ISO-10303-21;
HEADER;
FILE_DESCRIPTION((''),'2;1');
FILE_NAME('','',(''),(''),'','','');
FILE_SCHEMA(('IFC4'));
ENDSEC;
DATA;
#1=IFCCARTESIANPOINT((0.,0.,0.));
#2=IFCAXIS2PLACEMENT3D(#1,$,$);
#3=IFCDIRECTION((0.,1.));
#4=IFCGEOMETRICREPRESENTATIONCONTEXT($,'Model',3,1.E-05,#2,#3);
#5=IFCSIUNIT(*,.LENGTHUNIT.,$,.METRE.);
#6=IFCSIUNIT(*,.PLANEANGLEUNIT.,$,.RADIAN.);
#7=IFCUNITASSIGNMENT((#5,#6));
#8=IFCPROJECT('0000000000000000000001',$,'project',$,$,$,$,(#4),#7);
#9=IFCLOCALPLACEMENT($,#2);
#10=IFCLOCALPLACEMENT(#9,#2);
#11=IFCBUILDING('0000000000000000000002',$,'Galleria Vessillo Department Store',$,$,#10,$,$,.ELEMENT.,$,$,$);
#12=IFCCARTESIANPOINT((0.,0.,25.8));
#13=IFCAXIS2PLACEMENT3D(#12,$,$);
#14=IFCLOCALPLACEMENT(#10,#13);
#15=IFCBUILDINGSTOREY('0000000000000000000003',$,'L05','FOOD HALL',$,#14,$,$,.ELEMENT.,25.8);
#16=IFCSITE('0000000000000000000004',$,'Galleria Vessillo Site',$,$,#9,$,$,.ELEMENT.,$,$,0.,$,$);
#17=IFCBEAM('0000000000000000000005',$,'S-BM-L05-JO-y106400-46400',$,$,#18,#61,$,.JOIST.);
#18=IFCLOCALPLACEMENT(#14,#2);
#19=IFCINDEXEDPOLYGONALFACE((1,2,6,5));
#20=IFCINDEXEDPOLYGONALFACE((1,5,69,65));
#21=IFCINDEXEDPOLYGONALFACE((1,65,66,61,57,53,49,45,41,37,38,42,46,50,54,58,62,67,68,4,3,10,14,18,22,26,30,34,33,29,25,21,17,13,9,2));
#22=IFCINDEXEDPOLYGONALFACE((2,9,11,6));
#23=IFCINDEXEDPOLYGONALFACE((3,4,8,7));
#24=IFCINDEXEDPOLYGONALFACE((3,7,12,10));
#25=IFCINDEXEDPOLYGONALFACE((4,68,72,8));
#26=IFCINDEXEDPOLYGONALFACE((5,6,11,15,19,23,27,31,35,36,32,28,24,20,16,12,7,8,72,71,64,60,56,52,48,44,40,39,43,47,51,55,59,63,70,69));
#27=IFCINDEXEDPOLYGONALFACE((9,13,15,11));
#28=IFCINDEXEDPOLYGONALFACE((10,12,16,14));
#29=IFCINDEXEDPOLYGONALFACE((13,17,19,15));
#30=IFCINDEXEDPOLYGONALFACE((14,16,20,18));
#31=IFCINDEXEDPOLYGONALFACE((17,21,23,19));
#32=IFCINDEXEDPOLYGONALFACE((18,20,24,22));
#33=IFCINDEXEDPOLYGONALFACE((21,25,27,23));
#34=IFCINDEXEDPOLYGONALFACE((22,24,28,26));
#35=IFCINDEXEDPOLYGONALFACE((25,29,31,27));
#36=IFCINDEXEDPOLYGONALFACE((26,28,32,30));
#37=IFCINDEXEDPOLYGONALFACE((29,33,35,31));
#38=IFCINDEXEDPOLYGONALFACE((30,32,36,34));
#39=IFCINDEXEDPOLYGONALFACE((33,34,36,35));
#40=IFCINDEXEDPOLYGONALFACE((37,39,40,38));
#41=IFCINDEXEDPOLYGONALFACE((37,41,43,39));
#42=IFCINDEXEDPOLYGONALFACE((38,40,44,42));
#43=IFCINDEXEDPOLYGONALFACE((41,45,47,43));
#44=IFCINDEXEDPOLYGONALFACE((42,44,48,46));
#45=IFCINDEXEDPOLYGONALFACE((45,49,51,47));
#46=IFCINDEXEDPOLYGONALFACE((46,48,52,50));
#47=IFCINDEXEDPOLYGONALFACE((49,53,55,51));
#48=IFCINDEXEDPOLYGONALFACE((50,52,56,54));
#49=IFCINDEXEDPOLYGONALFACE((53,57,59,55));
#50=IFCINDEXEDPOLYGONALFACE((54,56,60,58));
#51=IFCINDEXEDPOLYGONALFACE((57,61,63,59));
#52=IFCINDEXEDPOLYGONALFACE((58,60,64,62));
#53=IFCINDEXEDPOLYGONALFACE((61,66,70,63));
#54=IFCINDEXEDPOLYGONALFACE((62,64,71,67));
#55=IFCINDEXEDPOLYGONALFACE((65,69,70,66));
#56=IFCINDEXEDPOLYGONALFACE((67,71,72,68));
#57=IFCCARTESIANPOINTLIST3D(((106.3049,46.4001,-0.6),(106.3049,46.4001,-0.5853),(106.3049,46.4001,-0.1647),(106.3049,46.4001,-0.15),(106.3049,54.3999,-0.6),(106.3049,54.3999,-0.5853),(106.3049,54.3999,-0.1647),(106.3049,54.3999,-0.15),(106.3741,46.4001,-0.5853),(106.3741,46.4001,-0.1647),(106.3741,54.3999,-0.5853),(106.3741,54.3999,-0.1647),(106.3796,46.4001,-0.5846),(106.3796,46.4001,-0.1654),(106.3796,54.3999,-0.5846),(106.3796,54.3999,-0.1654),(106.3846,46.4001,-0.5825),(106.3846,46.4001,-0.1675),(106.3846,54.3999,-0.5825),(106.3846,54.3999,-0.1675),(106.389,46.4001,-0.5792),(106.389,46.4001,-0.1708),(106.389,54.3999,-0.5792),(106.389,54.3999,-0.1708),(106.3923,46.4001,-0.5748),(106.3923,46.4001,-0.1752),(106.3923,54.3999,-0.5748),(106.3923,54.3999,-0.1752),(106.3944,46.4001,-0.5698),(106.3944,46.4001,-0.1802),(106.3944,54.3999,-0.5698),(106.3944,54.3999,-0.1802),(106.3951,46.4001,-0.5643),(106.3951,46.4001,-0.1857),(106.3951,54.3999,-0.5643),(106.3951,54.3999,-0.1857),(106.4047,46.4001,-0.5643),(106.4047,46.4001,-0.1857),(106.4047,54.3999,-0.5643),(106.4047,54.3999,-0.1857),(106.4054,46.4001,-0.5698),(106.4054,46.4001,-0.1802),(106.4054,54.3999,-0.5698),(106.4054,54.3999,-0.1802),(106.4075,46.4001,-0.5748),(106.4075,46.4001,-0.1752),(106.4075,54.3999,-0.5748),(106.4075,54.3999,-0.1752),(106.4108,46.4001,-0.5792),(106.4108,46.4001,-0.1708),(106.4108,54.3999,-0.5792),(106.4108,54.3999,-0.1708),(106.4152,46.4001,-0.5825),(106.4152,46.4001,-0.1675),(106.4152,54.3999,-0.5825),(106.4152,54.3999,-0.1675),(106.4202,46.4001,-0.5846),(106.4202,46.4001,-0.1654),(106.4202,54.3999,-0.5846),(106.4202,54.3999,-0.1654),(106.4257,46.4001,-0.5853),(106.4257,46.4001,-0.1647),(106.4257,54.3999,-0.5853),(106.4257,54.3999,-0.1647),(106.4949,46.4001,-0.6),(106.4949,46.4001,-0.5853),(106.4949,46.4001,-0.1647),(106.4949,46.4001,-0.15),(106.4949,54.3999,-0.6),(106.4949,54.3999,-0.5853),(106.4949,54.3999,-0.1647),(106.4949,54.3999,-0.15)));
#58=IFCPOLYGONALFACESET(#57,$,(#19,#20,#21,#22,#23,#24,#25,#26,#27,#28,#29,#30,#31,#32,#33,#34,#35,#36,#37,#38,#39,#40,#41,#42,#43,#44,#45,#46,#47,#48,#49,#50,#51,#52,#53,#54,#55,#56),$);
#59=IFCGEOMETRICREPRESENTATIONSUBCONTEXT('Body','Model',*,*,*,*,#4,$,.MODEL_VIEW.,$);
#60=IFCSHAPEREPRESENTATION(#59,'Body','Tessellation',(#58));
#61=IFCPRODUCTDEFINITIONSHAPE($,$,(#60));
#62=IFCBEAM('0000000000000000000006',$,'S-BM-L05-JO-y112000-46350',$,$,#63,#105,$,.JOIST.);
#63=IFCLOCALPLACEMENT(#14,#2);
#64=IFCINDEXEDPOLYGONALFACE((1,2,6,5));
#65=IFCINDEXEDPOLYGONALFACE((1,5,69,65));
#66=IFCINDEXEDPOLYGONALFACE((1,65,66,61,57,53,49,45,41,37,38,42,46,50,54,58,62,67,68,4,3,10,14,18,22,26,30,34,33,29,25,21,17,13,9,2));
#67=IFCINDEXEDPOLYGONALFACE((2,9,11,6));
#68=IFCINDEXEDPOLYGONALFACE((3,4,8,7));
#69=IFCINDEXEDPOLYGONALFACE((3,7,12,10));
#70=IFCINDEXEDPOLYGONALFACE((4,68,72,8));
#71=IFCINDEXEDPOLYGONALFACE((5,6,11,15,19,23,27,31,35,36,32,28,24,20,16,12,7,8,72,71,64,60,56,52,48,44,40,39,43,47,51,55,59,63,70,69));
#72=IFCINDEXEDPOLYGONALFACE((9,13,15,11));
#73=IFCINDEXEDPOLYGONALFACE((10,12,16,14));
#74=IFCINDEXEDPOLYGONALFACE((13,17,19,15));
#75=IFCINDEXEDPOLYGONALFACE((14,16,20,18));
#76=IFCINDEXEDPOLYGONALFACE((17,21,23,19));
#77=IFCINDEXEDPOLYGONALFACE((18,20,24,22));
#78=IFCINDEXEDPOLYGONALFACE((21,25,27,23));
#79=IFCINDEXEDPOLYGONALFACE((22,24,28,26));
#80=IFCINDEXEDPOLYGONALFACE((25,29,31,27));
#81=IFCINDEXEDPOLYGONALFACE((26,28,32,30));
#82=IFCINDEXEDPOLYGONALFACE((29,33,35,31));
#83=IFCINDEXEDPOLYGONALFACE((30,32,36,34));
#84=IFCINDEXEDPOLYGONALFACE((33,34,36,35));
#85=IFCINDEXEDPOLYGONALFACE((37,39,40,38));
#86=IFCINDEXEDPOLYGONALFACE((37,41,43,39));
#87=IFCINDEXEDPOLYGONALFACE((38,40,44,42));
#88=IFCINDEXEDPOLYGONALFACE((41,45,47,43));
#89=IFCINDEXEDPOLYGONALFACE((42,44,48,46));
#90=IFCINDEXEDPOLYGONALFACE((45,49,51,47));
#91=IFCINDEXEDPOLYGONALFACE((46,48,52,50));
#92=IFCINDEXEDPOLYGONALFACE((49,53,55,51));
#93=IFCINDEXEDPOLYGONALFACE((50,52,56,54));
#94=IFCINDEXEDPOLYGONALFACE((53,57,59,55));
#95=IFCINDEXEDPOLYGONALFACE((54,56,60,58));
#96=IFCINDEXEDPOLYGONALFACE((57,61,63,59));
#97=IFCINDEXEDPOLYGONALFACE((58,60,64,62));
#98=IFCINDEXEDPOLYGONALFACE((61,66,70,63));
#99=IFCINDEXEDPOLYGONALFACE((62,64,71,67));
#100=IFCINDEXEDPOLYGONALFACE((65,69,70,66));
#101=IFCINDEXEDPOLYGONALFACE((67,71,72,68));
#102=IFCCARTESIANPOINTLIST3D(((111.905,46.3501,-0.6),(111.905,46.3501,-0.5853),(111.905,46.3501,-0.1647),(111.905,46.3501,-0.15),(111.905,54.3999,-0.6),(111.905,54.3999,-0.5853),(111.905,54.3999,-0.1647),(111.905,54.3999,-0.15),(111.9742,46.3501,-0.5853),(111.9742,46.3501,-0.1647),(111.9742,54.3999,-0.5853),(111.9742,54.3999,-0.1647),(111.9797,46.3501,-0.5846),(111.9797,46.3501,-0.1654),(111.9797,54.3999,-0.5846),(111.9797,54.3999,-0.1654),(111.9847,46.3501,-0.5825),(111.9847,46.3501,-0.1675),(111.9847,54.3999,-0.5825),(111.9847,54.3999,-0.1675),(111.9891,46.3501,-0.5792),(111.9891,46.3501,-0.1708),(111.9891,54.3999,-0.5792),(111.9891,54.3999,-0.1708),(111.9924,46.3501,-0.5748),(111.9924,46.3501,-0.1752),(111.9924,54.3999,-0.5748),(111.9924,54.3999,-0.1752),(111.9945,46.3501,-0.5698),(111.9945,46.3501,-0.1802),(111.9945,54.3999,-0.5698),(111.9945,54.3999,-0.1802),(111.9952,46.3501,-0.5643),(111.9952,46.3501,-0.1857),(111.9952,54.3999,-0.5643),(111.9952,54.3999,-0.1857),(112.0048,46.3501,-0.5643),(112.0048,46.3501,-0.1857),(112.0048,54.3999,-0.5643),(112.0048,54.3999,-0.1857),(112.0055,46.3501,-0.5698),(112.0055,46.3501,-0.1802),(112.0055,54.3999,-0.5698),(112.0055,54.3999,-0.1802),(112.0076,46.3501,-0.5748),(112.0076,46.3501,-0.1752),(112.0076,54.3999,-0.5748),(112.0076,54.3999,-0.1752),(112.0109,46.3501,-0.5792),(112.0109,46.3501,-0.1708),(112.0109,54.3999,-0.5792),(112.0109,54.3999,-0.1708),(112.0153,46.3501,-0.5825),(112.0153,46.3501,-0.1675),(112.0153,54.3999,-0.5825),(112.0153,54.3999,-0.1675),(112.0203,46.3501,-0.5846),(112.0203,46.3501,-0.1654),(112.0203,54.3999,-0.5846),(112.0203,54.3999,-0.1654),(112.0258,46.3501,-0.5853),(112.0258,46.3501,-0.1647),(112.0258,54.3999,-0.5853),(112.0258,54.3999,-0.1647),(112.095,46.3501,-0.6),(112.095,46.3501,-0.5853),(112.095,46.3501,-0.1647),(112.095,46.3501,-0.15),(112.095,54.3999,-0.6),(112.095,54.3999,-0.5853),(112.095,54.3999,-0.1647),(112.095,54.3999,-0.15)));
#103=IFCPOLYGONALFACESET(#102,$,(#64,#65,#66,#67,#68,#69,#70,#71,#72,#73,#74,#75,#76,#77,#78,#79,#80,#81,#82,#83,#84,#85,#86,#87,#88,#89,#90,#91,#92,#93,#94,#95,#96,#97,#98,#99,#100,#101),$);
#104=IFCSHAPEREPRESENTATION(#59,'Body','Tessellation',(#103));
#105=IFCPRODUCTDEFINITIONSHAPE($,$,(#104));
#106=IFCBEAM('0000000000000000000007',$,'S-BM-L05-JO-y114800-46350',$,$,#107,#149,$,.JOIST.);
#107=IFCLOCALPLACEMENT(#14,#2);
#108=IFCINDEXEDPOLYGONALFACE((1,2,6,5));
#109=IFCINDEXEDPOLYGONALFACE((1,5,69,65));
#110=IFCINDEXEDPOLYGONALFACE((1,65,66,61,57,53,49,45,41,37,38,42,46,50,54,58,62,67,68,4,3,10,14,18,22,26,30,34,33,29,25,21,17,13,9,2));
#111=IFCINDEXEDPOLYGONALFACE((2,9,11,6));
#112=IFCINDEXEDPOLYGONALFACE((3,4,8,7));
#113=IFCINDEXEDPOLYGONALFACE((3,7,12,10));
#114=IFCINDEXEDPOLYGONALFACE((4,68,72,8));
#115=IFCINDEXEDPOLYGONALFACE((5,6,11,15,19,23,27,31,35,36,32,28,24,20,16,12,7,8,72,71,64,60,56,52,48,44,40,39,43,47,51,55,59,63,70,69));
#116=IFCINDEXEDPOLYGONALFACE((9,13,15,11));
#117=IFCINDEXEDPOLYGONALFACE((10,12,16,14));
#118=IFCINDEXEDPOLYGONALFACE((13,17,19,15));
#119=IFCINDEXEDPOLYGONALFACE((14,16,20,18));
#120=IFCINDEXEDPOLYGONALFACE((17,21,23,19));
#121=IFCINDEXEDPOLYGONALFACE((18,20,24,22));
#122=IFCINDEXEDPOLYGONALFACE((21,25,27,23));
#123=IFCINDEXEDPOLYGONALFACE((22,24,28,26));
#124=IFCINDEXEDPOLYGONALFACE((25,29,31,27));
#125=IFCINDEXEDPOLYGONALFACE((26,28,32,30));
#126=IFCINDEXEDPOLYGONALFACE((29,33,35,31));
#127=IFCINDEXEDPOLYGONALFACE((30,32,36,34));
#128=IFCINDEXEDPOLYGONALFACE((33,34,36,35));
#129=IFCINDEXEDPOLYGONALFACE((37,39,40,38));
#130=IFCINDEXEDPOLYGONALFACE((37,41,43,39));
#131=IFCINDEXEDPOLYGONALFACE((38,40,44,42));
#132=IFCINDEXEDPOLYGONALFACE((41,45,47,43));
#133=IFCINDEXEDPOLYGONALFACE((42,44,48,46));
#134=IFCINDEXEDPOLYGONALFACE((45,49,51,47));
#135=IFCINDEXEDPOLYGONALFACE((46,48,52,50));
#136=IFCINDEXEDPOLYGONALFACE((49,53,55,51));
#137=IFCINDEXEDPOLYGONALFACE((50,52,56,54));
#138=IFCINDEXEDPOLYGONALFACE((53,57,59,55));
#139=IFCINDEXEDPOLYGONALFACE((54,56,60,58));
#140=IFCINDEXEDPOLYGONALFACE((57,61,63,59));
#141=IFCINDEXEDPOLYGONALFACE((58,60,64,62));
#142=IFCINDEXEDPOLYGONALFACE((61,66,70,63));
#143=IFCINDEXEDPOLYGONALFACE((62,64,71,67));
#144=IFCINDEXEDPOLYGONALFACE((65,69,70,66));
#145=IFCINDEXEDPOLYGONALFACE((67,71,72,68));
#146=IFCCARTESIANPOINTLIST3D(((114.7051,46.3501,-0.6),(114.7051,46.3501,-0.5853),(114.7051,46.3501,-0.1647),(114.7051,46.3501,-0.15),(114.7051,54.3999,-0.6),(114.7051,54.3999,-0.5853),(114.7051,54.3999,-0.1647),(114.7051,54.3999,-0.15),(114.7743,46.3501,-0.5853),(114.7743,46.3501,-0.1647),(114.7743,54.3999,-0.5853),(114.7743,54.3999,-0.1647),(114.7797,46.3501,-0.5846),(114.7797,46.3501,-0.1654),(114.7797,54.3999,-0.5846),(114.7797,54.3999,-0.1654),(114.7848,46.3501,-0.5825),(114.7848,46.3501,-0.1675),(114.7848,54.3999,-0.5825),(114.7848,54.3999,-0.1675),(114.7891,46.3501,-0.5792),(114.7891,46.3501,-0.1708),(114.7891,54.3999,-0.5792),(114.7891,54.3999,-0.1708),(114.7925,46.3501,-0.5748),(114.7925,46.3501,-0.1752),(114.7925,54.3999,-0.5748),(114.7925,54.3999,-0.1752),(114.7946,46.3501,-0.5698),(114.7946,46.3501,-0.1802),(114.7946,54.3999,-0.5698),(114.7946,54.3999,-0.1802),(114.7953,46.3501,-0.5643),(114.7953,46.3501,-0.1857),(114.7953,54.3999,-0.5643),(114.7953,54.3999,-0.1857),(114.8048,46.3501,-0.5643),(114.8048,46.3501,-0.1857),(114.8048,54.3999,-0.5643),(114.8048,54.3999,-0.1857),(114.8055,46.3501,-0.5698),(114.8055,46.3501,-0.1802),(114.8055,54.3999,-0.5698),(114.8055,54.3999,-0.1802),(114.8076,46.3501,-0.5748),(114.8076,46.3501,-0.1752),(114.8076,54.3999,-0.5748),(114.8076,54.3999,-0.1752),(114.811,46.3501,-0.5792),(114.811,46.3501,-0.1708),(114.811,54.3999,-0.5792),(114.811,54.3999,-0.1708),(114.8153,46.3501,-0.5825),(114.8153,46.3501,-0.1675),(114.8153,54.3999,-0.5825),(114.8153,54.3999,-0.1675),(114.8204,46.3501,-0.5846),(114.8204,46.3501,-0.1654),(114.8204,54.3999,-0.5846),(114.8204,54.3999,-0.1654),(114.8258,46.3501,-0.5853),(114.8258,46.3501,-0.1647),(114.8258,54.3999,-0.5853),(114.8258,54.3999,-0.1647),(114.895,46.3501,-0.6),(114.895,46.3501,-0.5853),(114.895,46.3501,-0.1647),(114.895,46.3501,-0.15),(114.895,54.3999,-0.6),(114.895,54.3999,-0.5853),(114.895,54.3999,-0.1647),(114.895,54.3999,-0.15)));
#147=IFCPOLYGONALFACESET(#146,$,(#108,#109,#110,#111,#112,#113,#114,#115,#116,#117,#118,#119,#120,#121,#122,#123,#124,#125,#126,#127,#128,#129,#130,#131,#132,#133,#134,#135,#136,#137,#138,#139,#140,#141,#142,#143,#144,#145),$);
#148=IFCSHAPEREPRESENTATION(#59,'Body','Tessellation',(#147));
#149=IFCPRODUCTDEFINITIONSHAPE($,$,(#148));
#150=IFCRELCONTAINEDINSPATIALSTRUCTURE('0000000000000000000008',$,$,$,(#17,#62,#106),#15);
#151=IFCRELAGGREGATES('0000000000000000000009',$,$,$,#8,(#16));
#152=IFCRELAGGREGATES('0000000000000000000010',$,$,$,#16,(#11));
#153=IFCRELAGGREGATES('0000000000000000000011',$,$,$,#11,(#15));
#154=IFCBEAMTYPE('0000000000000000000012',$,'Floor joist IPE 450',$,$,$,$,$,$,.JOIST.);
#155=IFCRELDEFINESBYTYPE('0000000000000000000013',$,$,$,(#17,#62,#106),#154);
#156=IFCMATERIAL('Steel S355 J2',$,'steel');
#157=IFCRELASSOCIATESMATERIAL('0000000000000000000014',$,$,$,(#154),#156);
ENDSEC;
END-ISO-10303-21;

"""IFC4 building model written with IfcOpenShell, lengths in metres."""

from ifc_helpers import new_model, si_unit, direction, frame, origin, origin_2d, place, context, subcontext, project, spatial, i_section, extrude, material, material_profile, profile_set, type_object, element, save


model = new_model("IFC4")

# Units and contexts
model_context = context("Model", 3, precision=1e-05, world=origin(), true_north=direction((0.0, 1.0)))
body_context = subcontext(model_context, "Body", "Model", "MODEL_VIEW")
ifc_project = project(units=[si_unit("LENGTHUNIT", "METRE"), si_unit("PLANEANGLEUNIT", "RADIAN")], contexts=[model_context])

# Site, building, storey
site_placement = place(None, origin())
site = spatial("IfcSite", under=ifc_project, at=site_placement, Name="Galleria Vessillo Site", CompositionType="ELEMENT", RefElevation=0.0)
building_placement = place(site_placement, origin())
building = spatial("IfcBuilding", under=site, at=building_placement, Name="Galleria Vessillo Department Store", CompositionType="ELEMENT")
storey_placement = place(building_placement, frame((0.0, 0.0, 25.8)))
storey = spatial("IfcBuildingStorey", under=building, at=storey_placement, Name="L05", Description="FOOD HALL", CompositionType="ELEMENT", Elevation=25.8)

# Beams
ifc_material_1 = material(Name="Steel S355 J2", Category="steel")
ifc_material_profile_1 = material_profile(ifc_material_1, i_section(OverallWidth=0.1899, OverallDepth=0.45, WebThickness=0.0095, FlangeThickness=0.0146, FilletRadius=0.021, at=origin_2d()), Name="IPE 450")
ifc_profile_set_1 = profile_set([ifc_material_profile_1], Name="Steel S355 J2")
beam_type_1 = type_object("IfcBeamType", Name="Floor joist IPE 450", PredefinedType="JOIST", material=ifc_profile_set_1)
beam_1_placement = place(storey_placement, frame((106.3999, 46.4001, -0.375), z_axis=(0.0, 1.0, 0.0), x_axis=(-1.0, 0.0, 0.0)))
element("IfcBeam", 1, at=beam_1_placement, inside=storey, type_object=beam_type_1, Name="S-BM-L05-JO-y106400-46400", PredefinedType="JOIST", context=body_context, shape_type="SweptSolid", body=[
    extrude(i_section(OverallWidth=0.1899, OverallDepth=0.45, WebThickness=0.0095, FlangeThickness=0.0146, FilletRadius=0.021, at=origin_2d()), origin(), (0.0, 0.0, 1.0), 7.9998),
])
for number, where, z_axis, x_axis, name in (
    (2, (112.0, 46.3501, -0.375), (0.0, 1.0, 0.0), (-1.0, 0.0, 0.0), "S-BM-L05-JO-y112000-46350"),
    (3, (114.8, 46.3501, -0.375), (0.0, 1.0, 0.0), (-1.0, 0.0, 0.0), "S-BM-L05-JO-y114800-46350"),
):
    element("IfcBeam", number, at=place(storey_placement, frame(where, z_axis=z_axis, x_axis=x_axis)), inside=storey, type_object=beam_type_1, Name=name, PredefinedType="JOIST", context=body_context, shape_type="SweptSolid", body=[
        extrude(i_section(OverallWidth=0.1899, OverallDepth=0.45, WebThickness=0.0095, FlangeThickness=0.0146, FilletRadius=0.021, at=origin_2d()), origin(), (0.0, 0.0, 1.0), 8.0498),
    ])

save(model, "model.ifc")
